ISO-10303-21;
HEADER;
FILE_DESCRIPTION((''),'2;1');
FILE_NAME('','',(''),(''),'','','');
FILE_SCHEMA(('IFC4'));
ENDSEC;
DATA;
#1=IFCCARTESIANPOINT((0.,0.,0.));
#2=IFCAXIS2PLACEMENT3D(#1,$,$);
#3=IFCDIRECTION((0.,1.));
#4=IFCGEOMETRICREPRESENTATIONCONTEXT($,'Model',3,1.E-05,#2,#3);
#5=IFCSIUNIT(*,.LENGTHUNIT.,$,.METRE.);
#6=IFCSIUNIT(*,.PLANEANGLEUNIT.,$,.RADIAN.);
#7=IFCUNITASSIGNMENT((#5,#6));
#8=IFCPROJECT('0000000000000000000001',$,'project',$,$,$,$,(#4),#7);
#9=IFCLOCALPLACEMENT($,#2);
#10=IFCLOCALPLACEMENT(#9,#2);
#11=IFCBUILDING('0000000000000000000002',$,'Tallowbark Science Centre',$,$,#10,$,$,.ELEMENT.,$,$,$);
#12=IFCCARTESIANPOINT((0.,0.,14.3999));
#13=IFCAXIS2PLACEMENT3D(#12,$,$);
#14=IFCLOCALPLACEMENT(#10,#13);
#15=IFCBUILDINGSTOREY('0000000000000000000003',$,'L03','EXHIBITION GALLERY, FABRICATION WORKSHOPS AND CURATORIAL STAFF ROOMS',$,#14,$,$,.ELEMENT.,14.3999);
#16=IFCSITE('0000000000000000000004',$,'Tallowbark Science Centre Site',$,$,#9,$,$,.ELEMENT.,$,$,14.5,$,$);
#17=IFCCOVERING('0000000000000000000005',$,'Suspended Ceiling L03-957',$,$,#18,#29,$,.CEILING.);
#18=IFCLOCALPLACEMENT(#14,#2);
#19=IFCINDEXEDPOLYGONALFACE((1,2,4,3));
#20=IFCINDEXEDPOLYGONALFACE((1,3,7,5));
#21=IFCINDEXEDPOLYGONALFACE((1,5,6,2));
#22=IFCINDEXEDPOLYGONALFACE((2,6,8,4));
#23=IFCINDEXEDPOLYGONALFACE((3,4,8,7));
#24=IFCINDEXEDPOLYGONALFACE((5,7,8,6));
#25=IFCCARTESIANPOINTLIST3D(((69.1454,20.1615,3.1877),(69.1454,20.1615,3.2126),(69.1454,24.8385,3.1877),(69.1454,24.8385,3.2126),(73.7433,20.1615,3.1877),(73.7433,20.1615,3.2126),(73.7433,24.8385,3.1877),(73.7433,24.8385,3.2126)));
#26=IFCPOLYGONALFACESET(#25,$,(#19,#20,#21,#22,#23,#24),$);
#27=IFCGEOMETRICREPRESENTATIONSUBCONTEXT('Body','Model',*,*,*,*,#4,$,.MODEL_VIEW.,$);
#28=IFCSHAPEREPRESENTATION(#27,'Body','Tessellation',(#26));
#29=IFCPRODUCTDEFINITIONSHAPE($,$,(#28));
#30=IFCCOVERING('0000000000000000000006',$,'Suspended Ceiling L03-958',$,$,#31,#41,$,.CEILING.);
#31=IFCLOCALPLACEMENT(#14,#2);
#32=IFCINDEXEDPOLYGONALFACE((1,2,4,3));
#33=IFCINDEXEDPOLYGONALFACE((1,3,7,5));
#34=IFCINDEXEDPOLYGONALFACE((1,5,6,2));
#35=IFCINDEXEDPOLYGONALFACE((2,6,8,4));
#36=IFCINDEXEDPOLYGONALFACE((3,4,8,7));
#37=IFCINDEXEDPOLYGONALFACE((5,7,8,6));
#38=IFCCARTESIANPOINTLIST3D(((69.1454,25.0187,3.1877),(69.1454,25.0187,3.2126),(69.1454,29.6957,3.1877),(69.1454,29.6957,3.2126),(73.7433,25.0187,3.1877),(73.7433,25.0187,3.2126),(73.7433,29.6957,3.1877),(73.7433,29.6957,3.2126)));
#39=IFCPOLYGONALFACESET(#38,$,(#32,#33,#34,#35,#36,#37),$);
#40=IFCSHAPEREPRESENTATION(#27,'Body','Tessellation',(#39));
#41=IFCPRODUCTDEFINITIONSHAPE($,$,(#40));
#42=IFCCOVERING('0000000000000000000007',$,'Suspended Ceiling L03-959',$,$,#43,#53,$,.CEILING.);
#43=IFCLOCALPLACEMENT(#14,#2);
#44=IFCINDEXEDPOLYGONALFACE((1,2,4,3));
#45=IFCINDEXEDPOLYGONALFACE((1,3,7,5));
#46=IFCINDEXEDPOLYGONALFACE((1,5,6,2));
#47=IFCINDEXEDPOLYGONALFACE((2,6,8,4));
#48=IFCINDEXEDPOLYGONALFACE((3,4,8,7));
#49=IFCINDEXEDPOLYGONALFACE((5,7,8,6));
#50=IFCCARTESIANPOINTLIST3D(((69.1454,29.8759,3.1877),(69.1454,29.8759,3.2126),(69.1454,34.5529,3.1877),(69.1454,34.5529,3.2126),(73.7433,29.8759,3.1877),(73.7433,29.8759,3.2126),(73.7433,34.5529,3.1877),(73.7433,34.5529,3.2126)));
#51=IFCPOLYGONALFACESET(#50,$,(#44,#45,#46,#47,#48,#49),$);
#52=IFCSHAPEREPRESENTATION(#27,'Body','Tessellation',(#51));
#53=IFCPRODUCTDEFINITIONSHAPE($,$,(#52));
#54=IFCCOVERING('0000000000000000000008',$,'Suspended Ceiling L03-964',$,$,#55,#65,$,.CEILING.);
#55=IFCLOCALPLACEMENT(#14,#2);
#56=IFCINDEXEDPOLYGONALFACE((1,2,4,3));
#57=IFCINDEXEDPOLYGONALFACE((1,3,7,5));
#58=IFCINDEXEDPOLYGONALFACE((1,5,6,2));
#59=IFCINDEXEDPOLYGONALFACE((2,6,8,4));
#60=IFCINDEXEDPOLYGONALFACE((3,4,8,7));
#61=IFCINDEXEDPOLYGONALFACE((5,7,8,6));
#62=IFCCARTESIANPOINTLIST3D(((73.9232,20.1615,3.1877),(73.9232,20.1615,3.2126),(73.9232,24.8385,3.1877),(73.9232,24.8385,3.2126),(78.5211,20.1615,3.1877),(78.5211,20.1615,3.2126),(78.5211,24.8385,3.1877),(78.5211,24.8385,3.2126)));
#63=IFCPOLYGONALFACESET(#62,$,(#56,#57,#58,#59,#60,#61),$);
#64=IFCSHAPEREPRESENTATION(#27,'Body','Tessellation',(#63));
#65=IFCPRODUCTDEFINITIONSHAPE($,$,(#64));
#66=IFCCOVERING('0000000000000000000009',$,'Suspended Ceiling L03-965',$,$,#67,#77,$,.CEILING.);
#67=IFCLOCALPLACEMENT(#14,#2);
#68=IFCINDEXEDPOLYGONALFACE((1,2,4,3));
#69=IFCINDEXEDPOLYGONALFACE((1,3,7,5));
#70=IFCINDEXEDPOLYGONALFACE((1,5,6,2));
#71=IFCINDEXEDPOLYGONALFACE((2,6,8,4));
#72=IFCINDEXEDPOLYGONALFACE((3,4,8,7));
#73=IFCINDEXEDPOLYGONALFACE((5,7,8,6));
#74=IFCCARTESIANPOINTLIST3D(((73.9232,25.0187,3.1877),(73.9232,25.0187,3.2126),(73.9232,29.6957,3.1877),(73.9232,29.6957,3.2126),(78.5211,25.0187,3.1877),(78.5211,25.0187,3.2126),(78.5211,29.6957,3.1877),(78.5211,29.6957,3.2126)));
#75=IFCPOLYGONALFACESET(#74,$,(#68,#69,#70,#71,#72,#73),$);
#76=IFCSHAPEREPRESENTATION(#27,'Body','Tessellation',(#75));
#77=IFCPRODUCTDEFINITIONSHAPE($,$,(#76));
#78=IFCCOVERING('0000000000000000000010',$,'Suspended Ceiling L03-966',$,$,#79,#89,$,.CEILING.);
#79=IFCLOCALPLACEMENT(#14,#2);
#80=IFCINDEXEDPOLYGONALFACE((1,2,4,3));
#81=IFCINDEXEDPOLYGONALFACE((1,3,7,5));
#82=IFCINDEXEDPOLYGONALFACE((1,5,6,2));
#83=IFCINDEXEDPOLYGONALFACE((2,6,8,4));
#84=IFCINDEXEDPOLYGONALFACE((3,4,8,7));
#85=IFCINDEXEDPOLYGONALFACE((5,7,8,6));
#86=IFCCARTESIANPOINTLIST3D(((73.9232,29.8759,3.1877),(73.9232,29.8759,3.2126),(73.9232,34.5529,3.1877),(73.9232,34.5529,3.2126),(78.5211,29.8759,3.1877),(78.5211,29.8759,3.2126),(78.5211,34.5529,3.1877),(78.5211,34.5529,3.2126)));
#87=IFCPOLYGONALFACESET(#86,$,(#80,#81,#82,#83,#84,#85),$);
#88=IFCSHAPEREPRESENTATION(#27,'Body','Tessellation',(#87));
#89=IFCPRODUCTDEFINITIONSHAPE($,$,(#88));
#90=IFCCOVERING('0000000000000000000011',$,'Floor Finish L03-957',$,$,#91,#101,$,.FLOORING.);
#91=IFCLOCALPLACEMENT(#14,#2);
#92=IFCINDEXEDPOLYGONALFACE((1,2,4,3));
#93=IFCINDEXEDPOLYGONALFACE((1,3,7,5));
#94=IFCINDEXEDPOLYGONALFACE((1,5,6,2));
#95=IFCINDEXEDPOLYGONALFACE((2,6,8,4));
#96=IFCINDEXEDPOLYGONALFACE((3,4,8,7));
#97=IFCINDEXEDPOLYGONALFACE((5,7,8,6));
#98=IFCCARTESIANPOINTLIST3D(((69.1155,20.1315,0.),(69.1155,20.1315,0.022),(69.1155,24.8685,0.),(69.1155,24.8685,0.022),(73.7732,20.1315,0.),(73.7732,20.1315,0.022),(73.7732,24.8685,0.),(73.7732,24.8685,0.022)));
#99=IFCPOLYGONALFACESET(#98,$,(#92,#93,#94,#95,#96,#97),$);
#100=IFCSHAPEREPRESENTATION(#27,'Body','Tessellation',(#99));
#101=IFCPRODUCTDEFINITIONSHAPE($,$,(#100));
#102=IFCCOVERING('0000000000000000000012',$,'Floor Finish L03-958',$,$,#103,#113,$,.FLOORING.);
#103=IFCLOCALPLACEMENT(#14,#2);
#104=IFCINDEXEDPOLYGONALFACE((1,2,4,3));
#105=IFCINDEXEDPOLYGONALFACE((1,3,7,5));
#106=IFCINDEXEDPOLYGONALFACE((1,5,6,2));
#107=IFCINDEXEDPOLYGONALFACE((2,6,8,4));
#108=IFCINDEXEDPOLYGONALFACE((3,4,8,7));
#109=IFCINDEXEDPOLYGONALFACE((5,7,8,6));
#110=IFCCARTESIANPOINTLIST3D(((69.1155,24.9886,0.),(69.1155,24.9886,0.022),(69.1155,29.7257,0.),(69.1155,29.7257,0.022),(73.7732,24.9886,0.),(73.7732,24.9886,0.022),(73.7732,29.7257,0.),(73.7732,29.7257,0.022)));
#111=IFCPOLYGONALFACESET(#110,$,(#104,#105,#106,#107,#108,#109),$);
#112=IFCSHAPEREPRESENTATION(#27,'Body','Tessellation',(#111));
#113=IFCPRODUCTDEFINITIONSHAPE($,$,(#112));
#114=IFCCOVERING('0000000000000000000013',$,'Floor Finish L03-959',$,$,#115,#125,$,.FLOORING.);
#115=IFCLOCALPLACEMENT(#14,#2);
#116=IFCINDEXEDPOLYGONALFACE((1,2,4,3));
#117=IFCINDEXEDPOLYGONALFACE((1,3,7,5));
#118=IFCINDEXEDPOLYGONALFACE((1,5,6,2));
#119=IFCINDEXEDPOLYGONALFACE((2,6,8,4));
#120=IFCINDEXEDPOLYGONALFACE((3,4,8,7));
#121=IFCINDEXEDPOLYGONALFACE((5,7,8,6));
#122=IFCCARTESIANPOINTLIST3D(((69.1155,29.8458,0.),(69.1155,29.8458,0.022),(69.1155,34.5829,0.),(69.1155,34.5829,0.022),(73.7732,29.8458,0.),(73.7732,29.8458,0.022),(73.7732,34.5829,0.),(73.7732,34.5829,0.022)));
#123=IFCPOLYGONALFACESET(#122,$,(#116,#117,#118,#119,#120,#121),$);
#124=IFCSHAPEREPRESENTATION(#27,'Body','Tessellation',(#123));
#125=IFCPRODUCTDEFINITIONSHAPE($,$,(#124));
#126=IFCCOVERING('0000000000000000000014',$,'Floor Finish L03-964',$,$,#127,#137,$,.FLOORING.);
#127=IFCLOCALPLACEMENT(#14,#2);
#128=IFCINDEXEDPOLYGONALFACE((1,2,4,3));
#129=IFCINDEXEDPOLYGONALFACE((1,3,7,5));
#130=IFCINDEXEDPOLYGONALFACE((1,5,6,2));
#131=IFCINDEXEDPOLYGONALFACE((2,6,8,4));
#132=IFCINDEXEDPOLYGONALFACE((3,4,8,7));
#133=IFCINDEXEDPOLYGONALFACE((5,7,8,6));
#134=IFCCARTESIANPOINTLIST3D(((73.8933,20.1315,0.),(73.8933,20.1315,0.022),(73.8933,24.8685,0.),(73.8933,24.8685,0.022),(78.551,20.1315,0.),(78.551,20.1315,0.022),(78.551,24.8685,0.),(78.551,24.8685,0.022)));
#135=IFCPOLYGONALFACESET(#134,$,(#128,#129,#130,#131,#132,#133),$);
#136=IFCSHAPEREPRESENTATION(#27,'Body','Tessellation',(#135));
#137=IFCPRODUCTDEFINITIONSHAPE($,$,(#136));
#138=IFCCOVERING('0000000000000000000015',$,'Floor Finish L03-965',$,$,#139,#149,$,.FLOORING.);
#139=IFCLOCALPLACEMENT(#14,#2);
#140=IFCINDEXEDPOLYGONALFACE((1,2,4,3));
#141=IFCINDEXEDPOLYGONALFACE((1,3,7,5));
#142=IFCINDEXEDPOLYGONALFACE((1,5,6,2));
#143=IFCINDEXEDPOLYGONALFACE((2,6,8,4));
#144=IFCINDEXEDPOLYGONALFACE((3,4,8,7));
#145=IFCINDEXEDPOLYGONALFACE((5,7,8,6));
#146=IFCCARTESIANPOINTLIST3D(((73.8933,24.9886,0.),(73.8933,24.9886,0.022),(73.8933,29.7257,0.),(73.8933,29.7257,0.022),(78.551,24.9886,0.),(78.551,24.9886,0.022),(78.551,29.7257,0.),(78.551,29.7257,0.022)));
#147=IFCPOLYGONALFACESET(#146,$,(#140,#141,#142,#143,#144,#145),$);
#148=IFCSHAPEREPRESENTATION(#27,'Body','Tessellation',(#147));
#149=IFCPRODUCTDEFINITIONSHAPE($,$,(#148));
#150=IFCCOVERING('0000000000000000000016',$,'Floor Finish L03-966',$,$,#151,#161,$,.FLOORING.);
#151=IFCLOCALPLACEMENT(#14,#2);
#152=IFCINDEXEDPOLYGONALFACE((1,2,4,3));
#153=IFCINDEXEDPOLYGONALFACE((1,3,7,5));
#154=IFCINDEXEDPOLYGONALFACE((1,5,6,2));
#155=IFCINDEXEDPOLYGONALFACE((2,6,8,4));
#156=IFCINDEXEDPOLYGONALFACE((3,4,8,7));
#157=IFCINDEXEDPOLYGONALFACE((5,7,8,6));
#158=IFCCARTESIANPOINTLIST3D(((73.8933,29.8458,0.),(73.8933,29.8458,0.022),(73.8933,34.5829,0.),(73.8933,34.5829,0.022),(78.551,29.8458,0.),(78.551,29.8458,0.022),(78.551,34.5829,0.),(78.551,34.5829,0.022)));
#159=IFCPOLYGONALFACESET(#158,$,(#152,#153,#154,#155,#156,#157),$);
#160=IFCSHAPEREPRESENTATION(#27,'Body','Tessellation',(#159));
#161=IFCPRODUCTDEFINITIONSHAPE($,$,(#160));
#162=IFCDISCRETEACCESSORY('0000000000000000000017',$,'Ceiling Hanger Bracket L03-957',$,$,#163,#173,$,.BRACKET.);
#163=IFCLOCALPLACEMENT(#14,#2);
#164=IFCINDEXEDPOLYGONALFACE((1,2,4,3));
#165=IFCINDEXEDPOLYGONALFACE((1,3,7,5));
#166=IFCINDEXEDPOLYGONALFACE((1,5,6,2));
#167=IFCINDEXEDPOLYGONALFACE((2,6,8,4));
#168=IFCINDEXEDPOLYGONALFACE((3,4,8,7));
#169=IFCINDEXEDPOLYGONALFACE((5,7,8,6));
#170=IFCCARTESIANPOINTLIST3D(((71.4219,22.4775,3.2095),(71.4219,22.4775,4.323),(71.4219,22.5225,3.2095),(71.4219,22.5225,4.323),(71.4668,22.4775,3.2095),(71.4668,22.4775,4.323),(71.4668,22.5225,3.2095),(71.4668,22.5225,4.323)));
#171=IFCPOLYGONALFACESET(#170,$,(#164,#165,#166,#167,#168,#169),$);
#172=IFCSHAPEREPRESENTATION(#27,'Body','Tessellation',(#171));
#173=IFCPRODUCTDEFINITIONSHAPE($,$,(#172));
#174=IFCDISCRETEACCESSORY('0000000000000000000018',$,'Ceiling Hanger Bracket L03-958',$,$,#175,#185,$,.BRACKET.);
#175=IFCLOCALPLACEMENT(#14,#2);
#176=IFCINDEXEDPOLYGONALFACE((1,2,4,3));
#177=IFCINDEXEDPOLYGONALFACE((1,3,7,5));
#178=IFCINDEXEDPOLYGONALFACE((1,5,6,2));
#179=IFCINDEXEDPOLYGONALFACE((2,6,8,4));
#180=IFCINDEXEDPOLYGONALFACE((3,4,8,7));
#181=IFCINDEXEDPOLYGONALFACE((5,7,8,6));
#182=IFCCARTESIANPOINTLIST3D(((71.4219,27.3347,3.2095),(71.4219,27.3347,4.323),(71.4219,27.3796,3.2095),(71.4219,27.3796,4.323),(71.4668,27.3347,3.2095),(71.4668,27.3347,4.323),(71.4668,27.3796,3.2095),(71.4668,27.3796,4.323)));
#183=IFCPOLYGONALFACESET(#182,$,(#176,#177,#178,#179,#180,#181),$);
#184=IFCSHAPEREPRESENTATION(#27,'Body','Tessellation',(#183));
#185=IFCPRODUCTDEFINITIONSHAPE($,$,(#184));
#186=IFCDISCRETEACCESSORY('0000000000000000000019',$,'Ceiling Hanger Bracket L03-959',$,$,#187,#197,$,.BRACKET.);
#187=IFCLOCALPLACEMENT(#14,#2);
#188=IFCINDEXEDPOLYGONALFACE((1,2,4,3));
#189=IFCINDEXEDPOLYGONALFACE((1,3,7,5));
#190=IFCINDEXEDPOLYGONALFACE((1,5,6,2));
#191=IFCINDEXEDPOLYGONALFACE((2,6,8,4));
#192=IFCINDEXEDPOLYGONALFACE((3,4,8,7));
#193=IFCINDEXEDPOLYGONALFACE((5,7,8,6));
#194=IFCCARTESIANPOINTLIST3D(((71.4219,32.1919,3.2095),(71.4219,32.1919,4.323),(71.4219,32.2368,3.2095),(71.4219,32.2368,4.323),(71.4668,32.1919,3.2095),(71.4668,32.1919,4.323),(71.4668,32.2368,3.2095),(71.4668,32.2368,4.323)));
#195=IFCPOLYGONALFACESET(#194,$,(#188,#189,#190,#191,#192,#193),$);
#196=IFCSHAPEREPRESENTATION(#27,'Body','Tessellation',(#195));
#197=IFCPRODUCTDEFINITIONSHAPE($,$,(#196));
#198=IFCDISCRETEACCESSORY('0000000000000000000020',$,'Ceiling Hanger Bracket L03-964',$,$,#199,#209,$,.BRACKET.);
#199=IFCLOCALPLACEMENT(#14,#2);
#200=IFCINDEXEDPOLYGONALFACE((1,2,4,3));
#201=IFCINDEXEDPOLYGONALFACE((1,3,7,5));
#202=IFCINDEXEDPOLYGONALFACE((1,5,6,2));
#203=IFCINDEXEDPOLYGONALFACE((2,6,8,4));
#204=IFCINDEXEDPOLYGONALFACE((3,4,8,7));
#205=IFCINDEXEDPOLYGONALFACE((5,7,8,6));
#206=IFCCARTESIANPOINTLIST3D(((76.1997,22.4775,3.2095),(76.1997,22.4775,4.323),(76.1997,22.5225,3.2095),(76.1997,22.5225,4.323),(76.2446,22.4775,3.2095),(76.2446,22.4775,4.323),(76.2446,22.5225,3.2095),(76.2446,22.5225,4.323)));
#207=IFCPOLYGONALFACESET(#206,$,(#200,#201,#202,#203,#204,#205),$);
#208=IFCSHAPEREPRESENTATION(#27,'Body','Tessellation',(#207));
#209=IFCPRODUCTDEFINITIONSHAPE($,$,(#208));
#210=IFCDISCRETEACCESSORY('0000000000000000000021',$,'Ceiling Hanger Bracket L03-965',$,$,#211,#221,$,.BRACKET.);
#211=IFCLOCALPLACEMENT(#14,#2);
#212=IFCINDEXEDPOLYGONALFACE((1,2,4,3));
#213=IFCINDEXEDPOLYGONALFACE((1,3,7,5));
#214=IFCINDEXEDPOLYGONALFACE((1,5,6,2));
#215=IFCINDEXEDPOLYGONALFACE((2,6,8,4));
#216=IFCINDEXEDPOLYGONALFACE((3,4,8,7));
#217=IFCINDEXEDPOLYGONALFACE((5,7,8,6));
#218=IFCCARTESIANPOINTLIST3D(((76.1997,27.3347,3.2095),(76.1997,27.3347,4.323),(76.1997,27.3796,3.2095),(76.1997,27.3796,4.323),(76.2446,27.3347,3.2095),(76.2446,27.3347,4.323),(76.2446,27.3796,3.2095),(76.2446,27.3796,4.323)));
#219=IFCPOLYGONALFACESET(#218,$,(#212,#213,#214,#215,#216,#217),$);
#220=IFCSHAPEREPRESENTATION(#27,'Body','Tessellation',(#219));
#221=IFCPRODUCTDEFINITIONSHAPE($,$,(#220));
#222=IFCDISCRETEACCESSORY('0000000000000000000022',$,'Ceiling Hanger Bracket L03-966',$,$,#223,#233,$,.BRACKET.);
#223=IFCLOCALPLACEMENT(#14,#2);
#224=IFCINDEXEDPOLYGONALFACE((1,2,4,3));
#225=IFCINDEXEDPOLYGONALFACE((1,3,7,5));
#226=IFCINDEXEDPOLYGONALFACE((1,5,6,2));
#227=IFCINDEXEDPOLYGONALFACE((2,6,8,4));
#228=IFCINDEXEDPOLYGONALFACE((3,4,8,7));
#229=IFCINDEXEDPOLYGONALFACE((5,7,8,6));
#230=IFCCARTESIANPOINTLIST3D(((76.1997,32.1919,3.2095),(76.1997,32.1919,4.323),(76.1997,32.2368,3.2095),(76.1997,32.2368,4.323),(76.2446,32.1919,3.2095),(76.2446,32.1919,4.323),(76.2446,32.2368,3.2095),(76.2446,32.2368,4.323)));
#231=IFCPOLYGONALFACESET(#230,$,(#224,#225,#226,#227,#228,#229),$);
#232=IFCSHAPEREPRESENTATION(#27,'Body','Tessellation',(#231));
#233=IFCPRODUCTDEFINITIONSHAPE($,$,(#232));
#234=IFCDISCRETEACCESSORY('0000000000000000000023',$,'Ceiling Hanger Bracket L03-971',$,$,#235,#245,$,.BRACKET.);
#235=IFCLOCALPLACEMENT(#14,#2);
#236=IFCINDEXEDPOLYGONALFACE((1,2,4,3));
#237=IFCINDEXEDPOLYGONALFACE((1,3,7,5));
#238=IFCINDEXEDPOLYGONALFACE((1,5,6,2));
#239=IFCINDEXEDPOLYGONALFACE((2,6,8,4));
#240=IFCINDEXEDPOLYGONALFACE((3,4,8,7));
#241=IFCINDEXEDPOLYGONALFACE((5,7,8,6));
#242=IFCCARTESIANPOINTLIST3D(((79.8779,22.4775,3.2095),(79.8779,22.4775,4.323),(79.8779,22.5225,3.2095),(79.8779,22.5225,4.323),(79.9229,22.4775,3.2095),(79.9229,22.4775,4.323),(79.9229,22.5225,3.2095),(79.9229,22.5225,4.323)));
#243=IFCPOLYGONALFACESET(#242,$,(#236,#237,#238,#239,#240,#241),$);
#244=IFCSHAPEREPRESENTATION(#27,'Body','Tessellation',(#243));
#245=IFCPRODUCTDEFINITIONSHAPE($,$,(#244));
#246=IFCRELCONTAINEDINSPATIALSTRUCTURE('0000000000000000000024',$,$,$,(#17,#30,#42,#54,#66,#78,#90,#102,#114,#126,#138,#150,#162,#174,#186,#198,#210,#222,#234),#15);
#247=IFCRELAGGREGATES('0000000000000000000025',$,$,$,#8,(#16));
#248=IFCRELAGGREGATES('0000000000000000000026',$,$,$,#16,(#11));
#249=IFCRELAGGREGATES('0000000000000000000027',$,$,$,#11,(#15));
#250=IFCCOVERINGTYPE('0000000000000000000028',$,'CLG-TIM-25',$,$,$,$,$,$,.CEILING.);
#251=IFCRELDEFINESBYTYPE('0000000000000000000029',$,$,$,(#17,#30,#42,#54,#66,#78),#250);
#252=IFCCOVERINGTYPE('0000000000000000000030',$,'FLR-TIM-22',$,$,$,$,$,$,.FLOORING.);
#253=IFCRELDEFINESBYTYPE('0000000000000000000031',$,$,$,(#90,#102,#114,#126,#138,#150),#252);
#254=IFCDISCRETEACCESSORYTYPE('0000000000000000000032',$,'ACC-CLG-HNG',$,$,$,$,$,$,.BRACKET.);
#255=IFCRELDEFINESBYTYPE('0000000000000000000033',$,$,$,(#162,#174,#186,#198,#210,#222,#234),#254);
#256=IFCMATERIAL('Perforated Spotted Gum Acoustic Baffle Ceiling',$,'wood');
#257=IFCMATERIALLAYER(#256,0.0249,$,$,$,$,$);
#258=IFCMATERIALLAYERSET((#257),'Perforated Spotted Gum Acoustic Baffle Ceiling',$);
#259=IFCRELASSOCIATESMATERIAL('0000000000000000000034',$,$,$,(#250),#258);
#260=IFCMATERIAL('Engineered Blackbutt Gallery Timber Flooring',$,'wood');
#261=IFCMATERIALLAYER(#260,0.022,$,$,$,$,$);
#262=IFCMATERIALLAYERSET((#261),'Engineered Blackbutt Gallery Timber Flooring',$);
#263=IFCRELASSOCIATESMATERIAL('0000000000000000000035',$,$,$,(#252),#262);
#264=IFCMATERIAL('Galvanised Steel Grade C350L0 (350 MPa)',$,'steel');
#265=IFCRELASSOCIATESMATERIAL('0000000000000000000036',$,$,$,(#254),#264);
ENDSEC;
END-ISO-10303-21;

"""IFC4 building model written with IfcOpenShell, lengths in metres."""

from ifc_helpers import new_model, si_unit, direction, frame, origin, origin_2d, place, context, subcontext, project, spatial, rectangle, extrude, material, layer, layer_set, type_object, element, save


model = new_model("IFC4")

# Units and contexts
model_context = context("Model", 3, precision=1e-05, world=origin(), true_north=direction((0.0, 1.0)))
body_context = subcontext(model_context, "Body", "Model", "MODEL_VIEW")
ifc_project = project(units=[si_unit("LENGTHUNIT", "METRE"), si_unit("PLANEANGLEUNIT", "RADIAN")], contexts=[model_context])

# Site, building, storey
site_placement = place(None, origin())
site = spatial("IfcSite", under=ifc_project, at=site_placement, Name="Tallowbark Science Centre Site", CompositionType="ELEMENT", RefElevation=14.5)
building_placement = place(site_placement, origin())
building = spatial("IfcBuilding", under=site, at=building_placement, Name="Tallowbark Science Centre", CompositionType="ELEMENT")
storey_placement = place(building_placement, frame((0.0, 0.0, 14.3999)))
storey = spatial("IfcBuildingStorey", under=building, at=storey_placement, Name="L03", Description="EXHIBITION GALLERY, FABRICATION WORKSHOPS AND CURATORIAL STAFF ROOMS", CompositionType="ELEMENT", Elevation=14.3999)

# Coverings
ifc_material_1 = material(Name="Perforated Spotted Gum Acoustic Baffle Ceiling", Category="wood")
ifc_layer_1 = layer(ifc_material_1, 0.0249)
ifc_layer_set_1 = layer_set([ifc_layer_1], Name="Perforated Spotted Gum Acoustic Baffle Ceiling")
covering_type_1 = type_object("IfcCoveringType", Name="CLG-TIM-25", PredefinedType="CEILING", material=ifc_layer_set_1)
for number, where, z_axis, x_axis, name in (
    (1, (71.4443, 22.5, 3.1877), (0.0, 0.0, 1.0), (1.0, 0.0, 0.0), "Suspended Ceiling L03-957"),
    (2, (71.4443, 27.3572, 3.1877), (0.0, 0.0, 1.0), (1.0, 0.0, 0.0), "Suspended Ceiling L03-958"),
    (3, (71.4443, 32.2144, 3.1877), (0.0, 0.0, 1.0), (1.0, 0.0, 0.0), "Suspended Ceiling L03-959"),
    (4, (76.2222, 22.5, 3.1877), (0.0, 0.0, 1.0), (1.0, 0.0, 0.0), "Suspended Ceiling L03-964"),
    (5, (76.2222, 27.3572, 3.1877), (0.0, 0.0, 1.0), (1.0, 0.0, 0.0), "Suspended Ceiling L03-965"),
    (6, (76.2222, 32.2144, 3.1877), (0.0, 0.0, 1.0), (1.0, 0.0, 0.0), "Suspended Ceiling L03-966"),
):
    element("IfcCovering", number, at=place(storey_placement, frame(where, z_axis=z_axis, x_axis=x_axis)), inside=storey, type_object=covering_type_1, Name=name, PredefinedType="CEILING", context=body_context, shape_type="SweptSolid", body=[
        extrude(rectangle(XDim=4.5979, YDim=4.677, at=origin_2d()), origin(), (0.0, 0.0, 1.0), 0.0249),
    ])
ifc_material_2 = material(Name="Engineered Blackbutt Gallery Timber Flooring", Category="wood")
ifc_layer_2 = layer(ifc_material_2, 0.022)
ifc_layer_set_2 = layer_set([ifc_layer_2], Name="Engineered Blackbutt Gallery Timber Flooring")
covering_type_2 = type_object("IfcCoveringType", Name="FLR-TIM-22", PredefinedType="FLOORING", material=ifc_layer_set_2)
for number, where, z_axis, x_axis, name in (
    (7, (71.4443, 22.5, 0.0), (0.0, 0.0, 1.0), (1.0, 0.0, 0.0), "Floor Finish L03-957"),
    (8, (71.4443, 27.3572, 0.0), (0.0, 0.0, 1.0), (1.0, 0.0, 0.0), "Floor Finish L03-958"),
    (9, (71.4443, 32.2144, 0.0), (0.0, 0.0, 1.0), (1.0, 0.0, 0.0), "Floor Finish L03-959"),
    (10, (76.2222, 22.5, 0.0), (0.0, 0.0, 1.0), (1.0, 0.0, 0.0), "Floor Finish L03-964"),
    (11, (76.2222, 27.3572, 0.0), (0.0, 0.0, 1.0), (1.0, 0.0, 0.0), "Floor Finish L03-965"),
    (12, (76.2222, 32.2144, 0.0), (0.0, 0.0, 1.0), (1.0, 0.0, 0.0), "Floor Finish L03-966"),
):
    element("IfcCovering", number, at=place(storey_placement, frame(where, z_axis=z_axis, x_axis=x_axis)), inside=storey, type_object=covering_type_2, Name=name, PredefinedType="FLOORING", context=body_context, shape_type="SweptSolid", body=[
        extrude(rectangle(XDim=4.6577, YDim=4.7371, at=origin_2d()), origin(), (0.0, 0.0, 1.0), 0.022),
    ])

# Discrete accessories
ifc_material_3 = material(Name="Galvanised Steel Grade C350L0 (350 MPa)", Category="steel")
discrete_accessory_type = type_object("IfcDiscreteAccessoryType", Name="ACC-CLG-HNG", PredefinedType="BRACKET", material=ifc_material_3)
for number, where, z_axis, x_axis, name in (
    (13, (71.4443, 22.5, 3.2095), (0.0, 0.0, 1.0), (1.0, 0.0, 0.0), "Ceiling Hanger Bracket L03-957"),
    (14, (71.4443, 27.3572, 3.2095), (0.0, 0.0, 1.0), (1.0, 0.0, 0.0), "Ceiling Hanger Bracket L03-958"),
    (15, (71.4443, 32.2144, 3.2095), (0.0, 0.0, 1.0), (1.0, 0.0, 0.0), "Ceiling Hanger Bracket L03-959"),
    (16, (76.2222, 22.5, 3.2095), (0.0, 0.0, 1.0), (1.0, 0.0, 0.0), "Ceiling Hanger Bracket L03-964"),
    (17, (76.2222, 27.3572, 3.2095), (0.0, 0.0, 1.0), (1.0, 0.0, 0.0), "Ceiling Hanger Bracket L03-965"),
    (18, (76.2222, 32.2144, 3.2095), (0.0, 0.0, 1.0), (1.0, 0.0, 0.0), "Ceiling Hanger Bracket L03-966"),
    (19, (79.9004, 22.5, 3.2095), (0.0, 0.0, 1.0), (1.0, 0.0, 0.0), "Ceiling Hanger Bracket L03-971"),
):
    element("IfcDiscreteAccessory", number, at=place(storey_placement, frame(where, z_axis=z_axis, x_axis=x_axis)), inside=storey, type_object=discrete_accessory_type, Name=name, PredefinedType="BRACKET", context=body_context, shape_type="SweptSolid", body=[
        extrude(rectangle(XDim=0.0449, YDim=0.0449, at=origin_2d()), origin(), (0.0, 0.0, 1.0), 1.1135),
    ])

save(model, "model.ifc")
